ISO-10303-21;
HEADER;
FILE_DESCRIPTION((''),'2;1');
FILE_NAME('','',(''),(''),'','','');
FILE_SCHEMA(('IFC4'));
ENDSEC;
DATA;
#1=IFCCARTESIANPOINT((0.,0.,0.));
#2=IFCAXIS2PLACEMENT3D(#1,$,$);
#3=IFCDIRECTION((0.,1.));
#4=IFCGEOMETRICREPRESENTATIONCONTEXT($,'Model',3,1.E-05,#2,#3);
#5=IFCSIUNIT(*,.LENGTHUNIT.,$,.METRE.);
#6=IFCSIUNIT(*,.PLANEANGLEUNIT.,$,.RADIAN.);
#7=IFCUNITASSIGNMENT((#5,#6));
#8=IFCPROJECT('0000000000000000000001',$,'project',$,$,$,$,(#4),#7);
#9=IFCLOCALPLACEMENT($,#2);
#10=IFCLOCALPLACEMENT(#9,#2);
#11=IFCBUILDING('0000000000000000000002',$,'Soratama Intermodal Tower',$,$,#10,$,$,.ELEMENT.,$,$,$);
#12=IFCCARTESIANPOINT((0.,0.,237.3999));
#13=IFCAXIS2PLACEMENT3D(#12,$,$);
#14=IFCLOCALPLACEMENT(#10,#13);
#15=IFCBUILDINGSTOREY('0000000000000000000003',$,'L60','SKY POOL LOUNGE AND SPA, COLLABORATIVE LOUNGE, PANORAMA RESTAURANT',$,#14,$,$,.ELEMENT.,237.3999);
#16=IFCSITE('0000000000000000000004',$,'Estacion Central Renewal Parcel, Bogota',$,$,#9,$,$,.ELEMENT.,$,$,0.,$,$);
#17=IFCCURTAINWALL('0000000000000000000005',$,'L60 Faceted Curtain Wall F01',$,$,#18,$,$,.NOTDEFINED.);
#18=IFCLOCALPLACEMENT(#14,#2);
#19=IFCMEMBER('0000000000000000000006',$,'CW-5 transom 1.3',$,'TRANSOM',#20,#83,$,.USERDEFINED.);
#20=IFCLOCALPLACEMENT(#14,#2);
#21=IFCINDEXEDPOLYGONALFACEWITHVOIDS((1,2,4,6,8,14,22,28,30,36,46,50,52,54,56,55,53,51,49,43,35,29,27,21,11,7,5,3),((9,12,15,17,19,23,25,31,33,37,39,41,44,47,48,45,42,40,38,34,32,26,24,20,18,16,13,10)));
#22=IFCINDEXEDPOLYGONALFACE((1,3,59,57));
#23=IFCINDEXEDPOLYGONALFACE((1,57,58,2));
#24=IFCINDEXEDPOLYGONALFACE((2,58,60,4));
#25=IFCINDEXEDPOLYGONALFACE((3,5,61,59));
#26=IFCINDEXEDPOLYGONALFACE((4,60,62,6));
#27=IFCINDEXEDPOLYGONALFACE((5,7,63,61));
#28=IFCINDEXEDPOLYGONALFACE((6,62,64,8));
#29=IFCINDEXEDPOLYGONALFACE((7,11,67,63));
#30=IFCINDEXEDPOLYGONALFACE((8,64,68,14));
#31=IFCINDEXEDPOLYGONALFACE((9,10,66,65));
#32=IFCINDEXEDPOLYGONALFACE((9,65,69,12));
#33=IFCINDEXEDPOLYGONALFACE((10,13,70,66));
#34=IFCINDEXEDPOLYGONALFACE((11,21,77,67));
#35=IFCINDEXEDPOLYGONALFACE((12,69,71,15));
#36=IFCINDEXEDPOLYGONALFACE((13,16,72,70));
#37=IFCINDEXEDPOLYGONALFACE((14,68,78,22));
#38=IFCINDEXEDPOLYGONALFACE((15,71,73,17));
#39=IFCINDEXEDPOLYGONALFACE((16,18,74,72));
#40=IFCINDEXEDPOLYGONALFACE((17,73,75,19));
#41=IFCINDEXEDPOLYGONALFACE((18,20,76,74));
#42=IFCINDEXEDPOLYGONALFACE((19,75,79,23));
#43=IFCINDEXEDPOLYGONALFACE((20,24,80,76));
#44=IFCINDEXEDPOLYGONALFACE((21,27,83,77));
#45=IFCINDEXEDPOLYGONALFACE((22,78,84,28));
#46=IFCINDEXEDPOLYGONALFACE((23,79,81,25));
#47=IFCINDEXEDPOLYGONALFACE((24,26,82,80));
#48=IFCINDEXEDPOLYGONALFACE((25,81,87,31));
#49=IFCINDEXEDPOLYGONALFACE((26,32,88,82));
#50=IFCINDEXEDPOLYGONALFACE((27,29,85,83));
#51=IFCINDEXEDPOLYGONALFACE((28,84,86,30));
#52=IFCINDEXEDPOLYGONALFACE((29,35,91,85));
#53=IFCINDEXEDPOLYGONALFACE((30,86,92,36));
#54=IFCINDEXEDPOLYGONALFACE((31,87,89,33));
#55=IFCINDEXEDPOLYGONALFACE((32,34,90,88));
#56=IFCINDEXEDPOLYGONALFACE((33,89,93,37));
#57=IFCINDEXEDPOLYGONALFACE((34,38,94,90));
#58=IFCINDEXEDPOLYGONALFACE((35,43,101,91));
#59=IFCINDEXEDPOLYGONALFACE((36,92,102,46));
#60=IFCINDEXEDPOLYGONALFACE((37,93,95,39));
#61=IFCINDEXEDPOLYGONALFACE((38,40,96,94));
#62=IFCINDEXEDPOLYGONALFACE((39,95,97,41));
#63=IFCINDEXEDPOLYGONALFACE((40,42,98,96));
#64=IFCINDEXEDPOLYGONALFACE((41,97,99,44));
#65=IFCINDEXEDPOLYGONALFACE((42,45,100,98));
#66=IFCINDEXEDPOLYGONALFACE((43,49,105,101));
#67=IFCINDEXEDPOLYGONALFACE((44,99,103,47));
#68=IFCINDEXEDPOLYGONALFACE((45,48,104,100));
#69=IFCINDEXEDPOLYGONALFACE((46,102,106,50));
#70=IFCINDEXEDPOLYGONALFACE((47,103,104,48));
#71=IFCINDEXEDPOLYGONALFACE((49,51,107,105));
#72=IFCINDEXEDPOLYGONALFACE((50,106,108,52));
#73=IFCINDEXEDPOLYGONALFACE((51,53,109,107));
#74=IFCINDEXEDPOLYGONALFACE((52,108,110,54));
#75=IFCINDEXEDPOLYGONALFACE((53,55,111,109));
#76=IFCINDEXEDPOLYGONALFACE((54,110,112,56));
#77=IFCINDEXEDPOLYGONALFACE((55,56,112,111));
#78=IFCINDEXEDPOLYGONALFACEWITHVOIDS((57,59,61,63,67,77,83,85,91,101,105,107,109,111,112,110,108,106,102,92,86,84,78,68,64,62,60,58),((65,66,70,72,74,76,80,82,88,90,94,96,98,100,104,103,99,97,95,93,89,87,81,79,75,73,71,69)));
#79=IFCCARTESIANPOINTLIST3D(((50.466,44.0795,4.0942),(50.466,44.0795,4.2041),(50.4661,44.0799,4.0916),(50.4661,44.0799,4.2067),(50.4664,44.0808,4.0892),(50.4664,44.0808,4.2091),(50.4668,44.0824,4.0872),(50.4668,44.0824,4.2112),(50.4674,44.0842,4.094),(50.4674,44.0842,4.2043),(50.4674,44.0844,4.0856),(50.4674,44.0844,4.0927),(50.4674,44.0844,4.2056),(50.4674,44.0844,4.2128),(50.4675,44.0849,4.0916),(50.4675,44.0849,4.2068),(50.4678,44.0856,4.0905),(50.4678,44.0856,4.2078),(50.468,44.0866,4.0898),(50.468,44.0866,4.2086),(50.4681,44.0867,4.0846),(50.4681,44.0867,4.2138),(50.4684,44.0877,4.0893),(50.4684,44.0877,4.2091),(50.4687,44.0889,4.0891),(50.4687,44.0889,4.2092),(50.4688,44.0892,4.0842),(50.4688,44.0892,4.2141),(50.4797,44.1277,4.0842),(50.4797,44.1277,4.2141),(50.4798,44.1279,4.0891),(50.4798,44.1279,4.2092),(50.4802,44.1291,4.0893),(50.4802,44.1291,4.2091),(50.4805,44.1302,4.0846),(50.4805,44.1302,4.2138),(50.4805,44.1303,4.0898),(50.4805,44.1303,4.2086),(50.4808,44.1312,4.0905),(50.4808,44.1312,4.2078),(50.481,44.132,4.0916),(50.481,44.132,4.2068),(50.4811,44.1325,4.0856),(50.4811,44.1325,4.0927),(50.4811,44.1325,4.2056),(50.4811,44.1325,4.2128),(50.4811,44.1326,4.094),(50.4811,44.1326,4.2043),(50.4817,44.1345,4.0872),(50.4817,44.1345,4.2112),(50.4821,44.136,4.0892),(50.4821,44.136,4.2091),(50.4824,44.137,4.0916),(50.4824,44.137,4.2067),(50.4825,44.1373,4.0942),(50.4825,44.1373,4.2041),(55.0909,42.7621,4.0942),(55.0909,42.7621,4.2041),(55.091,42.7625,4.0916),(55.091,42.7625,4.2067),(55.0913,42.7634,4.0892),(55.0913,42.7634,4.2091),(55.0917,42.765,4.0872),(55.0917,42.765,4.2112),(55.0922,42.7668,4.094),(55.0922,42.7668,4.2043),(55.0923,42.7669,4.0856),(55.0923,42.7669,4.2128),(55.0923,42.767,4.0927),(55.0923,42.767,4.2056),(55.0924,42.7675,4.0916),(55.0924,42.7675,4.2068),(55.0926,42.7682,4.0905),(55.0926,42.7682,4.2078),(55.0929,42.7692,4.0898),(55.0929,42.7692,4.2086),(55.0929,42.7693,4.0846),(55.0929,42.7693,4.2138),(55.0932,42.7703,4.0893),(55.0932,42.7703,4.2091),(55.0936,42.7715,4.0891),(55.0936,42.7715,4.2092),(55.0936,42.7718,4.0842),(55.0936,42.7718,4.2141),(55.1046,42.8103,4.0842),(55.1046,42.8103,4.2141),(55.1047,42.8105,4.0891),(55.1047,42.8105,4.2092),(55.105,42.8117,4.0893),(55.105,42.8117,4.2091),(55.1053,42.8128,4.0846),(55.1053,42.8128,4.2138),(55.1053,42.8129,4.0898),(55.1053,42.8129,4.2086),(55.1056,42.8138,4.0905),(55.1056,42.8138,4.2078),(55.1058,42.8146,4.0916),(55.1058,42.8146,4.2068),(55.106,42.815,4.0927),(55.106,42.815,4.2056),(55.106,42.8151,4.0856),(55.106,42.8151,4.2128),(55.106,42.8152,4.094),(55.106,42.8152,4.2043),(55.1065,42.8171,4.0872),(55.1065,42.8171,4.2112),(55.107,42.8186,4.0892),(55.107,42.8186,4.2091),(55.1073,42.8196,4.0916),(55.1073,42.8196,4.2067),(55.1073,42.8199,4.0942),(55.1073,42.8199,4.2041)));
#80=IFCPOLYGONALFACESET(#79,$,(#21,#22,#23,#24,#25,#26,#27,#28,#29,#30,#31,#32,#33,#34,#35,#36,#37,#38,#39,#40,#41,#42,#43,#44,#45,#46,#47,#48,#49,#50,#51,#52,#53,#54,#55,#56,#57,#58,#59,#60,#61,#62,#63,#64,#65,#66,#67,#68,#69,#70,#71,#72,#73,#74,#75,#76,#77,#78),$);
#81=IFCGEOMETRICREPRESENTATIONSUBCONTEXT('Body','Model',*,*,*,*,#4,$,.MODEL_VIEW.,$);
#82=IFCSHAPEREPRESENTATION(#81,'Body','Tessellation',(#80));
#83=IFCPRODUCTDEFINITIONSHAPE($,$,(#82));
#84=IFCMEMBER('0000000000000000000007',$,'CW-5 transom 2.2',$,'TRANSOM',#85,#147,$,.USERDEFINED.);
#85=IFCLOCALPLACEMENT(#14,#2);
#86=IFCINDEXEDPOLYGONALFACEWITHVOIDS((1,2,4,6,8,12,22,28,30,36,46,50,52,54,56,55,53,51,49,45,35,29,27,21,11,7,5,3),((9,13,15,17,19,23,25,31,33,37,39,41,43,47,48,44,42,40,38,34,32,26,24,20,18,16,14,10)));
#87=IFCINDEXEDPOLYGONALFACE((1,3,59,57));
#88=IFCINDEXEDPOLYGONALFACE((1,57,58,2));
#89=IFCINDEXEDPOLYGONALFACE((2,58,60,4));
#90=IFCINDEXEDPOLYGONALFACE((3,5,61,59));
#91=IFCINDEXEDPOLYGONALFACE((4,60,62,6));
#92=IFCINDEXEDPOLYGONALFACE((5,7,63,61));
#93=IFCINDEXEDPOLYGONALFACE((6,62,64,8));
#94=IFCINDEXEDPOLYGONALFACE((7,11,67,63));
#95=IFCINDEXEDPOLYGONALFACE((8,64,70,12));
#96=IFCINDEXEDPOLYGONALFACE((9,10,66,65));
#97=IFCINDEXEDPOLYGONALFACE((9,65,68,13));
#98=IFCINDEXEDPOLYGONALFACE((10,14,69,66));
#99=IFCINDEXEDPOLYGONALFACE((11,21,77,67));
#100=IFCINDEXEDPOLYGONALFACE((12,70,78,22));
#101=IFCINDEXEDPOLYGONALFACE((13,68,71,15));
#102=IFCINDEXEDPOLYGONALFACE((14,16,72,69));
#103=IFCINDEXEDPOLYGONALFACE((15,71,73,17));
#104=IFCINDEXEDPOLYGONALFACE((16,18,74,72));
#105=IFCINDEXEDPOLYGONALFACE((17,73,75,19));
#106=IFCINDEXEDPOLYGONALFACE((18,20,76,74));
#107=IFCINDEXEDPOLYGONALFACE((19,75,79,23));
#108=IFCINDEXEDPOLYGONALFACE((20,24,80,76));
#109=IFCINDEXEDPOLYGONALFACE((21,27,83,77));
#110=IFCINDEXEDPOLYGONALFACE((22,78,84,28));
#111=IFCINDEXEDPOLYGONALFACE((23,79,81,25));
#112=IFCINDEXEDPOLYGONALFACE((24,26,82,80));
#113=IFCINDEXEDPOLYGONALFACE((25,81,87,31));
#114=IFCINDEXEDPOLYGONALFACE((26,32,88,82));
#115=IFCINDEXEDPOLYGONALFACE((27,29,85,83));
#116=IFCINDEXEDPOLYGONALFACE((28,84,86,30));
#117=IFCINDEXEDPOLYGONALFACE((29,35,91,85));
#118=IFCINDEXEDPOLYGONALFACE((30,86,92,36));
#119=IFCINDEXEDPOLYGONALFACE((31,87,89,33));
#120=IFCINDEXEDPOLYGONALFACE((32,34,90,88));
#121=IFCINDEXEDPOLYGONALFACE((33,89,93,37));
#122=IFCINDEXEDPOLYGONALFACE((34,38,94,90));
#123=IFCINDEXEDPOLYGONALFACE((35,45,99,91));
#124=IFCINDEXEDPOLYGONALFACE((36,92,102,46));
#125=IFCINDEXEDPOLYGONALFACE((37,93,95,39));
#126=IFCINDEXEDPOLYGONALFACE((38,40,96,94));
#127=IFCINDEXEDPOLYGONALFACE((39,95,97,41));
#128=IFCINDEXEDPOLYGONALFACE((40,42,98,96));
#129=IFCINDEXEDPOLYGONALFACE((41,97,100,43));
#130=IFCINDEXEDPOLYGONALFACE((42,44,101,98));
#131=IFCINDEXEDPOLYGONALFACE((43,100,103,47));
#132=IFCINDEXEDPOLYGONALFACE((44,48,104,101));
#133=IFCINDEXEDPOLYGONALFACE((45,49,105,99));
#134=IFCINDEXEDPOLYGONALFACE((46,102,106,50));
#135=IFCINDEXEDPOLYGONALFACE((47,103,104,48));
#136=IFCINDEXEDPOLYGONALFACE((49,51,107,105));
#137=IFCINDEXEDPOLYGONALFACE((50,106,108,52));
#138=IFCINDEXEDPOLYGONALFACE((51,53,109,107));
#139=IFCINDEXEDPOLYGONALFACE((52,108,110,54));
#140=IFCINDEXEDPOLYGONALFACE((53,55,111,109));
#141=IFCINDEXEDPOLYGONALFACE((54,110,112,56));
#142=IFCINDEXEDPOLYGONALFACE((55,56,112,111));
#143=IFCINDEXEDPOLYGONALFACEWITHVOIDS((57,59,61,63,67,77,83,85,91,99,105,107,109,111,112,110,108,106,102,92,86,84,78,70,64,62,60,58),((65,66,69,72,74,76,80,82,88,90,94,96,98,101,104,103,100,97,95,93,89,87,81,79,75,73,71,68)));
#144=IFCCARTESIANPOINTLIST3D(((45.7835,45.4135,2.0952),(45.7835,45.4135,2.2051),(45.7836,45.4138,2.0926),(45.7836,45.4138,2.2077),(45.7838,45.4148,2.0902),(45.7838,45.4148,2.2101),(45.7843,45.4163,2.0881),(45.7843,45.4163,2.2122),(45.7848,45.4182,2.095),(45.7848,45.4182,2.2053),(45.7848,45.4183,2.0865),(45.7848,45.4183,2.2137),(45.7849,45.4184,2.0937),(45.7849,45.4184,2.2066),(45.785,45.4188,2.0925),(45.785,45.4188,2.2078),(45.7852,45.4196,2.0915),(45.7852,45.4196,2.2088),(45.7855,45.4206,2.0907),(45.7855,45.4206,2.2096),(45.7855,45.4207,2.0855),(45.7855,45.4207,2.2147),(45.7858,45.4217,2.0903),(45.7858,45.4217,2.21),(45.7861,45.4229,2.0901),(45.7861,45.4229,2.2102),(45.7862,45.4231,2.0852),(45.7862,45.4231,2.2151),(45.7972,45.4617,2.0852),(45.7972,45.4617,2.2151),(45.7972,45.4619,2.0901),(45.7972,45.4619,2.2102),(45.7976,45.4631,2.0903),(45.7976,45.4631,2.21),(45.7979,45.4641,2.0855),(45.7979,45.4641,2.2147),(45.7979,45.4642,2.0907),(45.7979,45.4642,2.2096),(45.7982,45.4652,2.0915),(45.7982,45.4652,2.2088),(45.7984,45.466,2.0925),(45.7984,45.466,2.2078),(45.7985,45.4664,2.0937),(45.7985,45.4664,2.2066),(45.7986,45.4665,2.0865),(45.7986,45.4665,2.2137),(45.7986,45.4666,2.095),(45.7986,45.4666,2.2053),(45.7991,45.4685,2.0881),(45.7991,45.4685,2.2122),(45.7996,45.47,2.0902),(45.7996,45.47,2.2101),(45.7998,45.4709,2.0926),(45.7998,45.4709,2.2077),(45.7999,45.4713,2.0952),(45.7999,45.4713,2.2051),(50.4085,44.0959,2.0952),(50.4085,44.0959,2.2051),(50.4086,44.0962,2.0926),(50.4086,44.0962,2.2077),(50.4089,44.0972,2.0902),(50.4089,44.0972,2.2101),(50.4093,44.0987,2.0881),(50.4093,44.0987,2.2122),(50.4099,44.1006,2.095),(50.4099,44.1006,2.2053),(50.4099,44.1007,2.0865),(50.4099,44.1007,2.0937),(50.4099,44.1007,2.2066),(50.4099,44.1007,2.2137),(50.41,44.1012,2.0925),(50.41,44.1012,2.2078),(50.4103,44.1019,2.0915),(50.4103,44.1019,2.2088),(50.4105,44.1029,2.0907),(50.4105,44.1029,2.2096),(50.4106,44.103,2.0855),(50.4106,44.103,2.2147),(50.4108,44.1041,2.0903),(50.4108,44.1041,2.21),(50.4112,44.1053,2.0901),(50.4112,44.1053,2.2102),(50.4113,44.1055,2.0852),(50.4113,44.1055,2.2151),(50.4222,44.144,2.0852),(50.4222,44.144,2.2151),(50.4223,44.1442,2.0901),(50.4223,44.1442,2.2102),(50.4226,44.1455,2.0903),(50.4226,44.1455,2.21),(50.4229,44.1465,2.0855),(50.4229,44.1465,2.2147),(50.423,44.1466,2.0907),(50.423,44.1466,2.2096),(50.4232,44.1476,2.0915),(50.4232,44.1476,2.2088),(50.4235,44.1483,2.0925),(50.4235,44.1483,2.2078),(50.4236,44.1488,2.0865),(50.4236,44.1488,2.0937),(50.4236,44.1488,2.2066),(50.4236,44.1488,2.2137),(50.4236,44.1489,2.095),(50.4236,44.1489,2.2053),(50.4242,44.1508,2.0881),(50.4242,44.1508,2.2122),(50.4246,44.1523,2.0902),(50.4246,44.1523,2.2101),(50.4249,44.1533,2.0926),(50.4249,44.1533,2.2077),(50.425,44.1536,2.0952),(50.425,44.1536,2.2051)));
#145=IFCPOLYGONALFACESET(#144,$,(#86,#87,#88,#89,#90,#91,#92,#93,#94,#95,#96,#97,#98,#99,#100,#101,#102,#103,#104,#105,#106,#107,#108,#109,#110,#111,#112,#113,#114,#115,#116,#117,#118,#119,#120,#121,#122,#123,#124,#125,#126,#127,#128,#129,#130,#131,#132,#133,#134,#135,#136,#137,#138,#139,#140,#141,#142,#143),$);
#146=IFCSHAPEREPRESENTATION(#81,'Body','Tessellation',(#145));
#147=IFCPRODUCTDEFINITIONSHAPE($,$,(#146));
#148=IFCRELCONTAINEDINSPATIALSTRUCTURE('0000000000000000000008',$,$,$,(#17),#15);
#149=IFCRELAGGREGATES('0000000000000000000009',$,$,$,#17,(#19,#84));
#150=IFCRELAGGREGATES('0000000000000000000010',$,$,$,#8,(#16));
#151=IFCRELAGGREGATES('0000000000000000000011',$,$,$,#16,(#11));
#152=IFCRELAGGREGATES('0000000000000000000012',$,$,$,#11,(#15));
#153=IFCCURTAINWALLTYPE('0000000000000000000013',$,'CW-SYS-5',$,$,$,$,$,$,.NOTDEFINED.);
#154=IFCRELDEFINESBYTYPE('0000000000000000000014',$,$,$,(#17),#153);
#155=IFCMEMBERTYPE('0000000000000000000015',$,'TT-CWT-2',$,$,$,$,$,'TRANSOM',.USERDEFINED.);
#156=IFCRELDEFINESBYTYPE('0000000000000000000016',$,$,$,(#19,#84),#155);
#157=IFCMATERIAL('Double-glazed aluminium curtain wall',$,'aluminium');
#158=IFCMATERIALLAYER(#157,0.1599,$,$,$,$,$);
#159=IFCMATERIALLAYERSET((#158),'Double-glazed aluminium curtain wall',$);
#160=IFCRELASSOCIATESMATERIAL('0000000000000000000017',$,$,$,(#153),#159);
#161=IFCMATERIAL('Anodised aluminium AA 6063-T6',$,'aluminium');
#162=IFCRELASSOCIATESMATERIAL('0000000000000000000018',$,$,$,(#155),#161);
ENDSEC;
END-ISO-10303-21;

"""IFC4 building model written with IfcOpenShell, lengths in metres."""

from ifc_helpers import new_model, si_unit, direction, frame, origin, origin_2d, place, context, subcontext, project, spatial, hollow_rectangle, extrude, material, layer, layer_set, material_profile, profile_set, type_object, element, aggregate, save


model = new_model("IFC4")

# Units and contexts
model_context = context("Model", 3, precision=1e-05, world=origin(), true_north=direction((0.0, 1.0)))
body_context = subcontext(model_context, "Body", "Model", "MODEL_VIEW")
ifc_project = project(units=[si_unit("LENGTHUNIT", "METRE"), si_unit("PLANEANGLEUNIT", "RADIAN")], contexts=[model_context])

# Site, building, storey
site_placement = place(None, origin())
site = spatial("IfcSite", under=ifc_project, at=site_placement, Name="Estacion Central Renewal Parcel, Bogota", CompositionType="ELEMENT", RefElevation=0.0)
building_placement = place(site_placement, origin())
building = spatial("IfcBuilding", under=site, at=building_placement, Name="Soratama Intermodal Tower", CompositionType="ELEMENT")
storey_placement = place(building_placement, frame((0.0, 0.0, 237.3999)))
storey = spatial("IfcBuildingStorey", under=building, at=storey_placement, Name="L60", Description="SKY POOL LOUNGE AND SPA, COLLABORATIVE LOUNGE, PANORAMA RESTAURANT", CompositionType="ELEMENT", Elevation=237.3999)

# Curtain wall
ifc_material_1 = material(Name="Double-glazed aluminium curtain wall", Category="aluminium")
ifc_layer_1 = layer(ifc_material_1, 0.1599)
ifc_layer_set_1 = layer_set([ifc_layer_1], Name="Double-glazed aluminium curtain wall")
curtain_wall_type = type_object("IfcCurtainWallType", Name="CW-SYS-5", PredefinedType="NOTDEFINED", material=ifc_layer_set_1)
curtain_wall_1_placement = place(storey_placement, origin())
curtain_wall_1 = element("IfcCurtainWall", 1, at=curtain_wall_1_placement, inside=storey, type_object=curtain_wall_type, Name="L60 Faceted Curtain Wall F01", PredefinedType="NOTDEFINED")

# Members
ifc_material_2 = material(Name="Anodised aluminium AA 6063-T6", Category="aluminium")
ifc_material_profile_1 = material_profile(ifc_material_2, hollow_rectangle(XDim=0.0601, YDim=0.1299, WallThickness=0.0049, InnerFilletRadius=0.0049, OuterFilletRadius=0.01, at=origin_2d()), Name="CWT130X60X5")
ifc_profile_set_1 = profile_set([ifc_material_profile_1], Name="Anodised aluminium AA 6063-T6")
member_type_1 = type_object("IfcMemberType", Name="TT-CWT-2", ElementType="TRANSOM", PredefinedType="USERDEFINED", material=ifc_profile_set_1)
member_1_placement = place(storey_placement, frame((55.0991, 42.791, 4.1492), z_axis=(-0.961742, 0.273957, 0.0), x_axis=(-0.273957, -0.961742, 0.0)))
member_1 = element("IfcMember", 2, at=member_1_placement, type_object=member_type_1, Name="CW-5 transom 1.3", ObjectType="TRANSOM", PredefinedType="USERDEFINED", context=body_context, shape_type="SweptSolid", body=[
    extrude(hollow_rectangle(XDim=0.0601, YDim=0.1299, WallThickness=0.0049, InnerFilletRadius=0.0049, OuterFilletRadius=0.01, at=origin_2d()), origin(), (0.0, 0.0, 1.0), 4.8088),
])
member_2_placement = place(storey_placement, frame((50.4167, 44.1248, 2.1501), z_axis=(-0.961732, 0.27399, 0.0), x_axis=(-0.27399, -0.961732, 0.0)))
member_2 = element("IfcMember", 3, at=member_2_placement, type_object=member_type_1, Name="CW-5 transom 2.2", ObjectType="TRANSOM", PredefinedType="USERDEFINED", context=body_context, shape_type="SweptSolid", body=[
    extrude(hollow_rectangle(XDim=0.0601, YDim=0.1299, WallThickness=0.0049, InnerFilletRadius=0.0049, OuterFilletRadius=0.01, at=origin_2d()), origin(), (0.0, 0.0, 1.0), 4.8091),
])

aggregate(curtain_wall_1, [member_1, member_2])

save(model, "model.ifc")
